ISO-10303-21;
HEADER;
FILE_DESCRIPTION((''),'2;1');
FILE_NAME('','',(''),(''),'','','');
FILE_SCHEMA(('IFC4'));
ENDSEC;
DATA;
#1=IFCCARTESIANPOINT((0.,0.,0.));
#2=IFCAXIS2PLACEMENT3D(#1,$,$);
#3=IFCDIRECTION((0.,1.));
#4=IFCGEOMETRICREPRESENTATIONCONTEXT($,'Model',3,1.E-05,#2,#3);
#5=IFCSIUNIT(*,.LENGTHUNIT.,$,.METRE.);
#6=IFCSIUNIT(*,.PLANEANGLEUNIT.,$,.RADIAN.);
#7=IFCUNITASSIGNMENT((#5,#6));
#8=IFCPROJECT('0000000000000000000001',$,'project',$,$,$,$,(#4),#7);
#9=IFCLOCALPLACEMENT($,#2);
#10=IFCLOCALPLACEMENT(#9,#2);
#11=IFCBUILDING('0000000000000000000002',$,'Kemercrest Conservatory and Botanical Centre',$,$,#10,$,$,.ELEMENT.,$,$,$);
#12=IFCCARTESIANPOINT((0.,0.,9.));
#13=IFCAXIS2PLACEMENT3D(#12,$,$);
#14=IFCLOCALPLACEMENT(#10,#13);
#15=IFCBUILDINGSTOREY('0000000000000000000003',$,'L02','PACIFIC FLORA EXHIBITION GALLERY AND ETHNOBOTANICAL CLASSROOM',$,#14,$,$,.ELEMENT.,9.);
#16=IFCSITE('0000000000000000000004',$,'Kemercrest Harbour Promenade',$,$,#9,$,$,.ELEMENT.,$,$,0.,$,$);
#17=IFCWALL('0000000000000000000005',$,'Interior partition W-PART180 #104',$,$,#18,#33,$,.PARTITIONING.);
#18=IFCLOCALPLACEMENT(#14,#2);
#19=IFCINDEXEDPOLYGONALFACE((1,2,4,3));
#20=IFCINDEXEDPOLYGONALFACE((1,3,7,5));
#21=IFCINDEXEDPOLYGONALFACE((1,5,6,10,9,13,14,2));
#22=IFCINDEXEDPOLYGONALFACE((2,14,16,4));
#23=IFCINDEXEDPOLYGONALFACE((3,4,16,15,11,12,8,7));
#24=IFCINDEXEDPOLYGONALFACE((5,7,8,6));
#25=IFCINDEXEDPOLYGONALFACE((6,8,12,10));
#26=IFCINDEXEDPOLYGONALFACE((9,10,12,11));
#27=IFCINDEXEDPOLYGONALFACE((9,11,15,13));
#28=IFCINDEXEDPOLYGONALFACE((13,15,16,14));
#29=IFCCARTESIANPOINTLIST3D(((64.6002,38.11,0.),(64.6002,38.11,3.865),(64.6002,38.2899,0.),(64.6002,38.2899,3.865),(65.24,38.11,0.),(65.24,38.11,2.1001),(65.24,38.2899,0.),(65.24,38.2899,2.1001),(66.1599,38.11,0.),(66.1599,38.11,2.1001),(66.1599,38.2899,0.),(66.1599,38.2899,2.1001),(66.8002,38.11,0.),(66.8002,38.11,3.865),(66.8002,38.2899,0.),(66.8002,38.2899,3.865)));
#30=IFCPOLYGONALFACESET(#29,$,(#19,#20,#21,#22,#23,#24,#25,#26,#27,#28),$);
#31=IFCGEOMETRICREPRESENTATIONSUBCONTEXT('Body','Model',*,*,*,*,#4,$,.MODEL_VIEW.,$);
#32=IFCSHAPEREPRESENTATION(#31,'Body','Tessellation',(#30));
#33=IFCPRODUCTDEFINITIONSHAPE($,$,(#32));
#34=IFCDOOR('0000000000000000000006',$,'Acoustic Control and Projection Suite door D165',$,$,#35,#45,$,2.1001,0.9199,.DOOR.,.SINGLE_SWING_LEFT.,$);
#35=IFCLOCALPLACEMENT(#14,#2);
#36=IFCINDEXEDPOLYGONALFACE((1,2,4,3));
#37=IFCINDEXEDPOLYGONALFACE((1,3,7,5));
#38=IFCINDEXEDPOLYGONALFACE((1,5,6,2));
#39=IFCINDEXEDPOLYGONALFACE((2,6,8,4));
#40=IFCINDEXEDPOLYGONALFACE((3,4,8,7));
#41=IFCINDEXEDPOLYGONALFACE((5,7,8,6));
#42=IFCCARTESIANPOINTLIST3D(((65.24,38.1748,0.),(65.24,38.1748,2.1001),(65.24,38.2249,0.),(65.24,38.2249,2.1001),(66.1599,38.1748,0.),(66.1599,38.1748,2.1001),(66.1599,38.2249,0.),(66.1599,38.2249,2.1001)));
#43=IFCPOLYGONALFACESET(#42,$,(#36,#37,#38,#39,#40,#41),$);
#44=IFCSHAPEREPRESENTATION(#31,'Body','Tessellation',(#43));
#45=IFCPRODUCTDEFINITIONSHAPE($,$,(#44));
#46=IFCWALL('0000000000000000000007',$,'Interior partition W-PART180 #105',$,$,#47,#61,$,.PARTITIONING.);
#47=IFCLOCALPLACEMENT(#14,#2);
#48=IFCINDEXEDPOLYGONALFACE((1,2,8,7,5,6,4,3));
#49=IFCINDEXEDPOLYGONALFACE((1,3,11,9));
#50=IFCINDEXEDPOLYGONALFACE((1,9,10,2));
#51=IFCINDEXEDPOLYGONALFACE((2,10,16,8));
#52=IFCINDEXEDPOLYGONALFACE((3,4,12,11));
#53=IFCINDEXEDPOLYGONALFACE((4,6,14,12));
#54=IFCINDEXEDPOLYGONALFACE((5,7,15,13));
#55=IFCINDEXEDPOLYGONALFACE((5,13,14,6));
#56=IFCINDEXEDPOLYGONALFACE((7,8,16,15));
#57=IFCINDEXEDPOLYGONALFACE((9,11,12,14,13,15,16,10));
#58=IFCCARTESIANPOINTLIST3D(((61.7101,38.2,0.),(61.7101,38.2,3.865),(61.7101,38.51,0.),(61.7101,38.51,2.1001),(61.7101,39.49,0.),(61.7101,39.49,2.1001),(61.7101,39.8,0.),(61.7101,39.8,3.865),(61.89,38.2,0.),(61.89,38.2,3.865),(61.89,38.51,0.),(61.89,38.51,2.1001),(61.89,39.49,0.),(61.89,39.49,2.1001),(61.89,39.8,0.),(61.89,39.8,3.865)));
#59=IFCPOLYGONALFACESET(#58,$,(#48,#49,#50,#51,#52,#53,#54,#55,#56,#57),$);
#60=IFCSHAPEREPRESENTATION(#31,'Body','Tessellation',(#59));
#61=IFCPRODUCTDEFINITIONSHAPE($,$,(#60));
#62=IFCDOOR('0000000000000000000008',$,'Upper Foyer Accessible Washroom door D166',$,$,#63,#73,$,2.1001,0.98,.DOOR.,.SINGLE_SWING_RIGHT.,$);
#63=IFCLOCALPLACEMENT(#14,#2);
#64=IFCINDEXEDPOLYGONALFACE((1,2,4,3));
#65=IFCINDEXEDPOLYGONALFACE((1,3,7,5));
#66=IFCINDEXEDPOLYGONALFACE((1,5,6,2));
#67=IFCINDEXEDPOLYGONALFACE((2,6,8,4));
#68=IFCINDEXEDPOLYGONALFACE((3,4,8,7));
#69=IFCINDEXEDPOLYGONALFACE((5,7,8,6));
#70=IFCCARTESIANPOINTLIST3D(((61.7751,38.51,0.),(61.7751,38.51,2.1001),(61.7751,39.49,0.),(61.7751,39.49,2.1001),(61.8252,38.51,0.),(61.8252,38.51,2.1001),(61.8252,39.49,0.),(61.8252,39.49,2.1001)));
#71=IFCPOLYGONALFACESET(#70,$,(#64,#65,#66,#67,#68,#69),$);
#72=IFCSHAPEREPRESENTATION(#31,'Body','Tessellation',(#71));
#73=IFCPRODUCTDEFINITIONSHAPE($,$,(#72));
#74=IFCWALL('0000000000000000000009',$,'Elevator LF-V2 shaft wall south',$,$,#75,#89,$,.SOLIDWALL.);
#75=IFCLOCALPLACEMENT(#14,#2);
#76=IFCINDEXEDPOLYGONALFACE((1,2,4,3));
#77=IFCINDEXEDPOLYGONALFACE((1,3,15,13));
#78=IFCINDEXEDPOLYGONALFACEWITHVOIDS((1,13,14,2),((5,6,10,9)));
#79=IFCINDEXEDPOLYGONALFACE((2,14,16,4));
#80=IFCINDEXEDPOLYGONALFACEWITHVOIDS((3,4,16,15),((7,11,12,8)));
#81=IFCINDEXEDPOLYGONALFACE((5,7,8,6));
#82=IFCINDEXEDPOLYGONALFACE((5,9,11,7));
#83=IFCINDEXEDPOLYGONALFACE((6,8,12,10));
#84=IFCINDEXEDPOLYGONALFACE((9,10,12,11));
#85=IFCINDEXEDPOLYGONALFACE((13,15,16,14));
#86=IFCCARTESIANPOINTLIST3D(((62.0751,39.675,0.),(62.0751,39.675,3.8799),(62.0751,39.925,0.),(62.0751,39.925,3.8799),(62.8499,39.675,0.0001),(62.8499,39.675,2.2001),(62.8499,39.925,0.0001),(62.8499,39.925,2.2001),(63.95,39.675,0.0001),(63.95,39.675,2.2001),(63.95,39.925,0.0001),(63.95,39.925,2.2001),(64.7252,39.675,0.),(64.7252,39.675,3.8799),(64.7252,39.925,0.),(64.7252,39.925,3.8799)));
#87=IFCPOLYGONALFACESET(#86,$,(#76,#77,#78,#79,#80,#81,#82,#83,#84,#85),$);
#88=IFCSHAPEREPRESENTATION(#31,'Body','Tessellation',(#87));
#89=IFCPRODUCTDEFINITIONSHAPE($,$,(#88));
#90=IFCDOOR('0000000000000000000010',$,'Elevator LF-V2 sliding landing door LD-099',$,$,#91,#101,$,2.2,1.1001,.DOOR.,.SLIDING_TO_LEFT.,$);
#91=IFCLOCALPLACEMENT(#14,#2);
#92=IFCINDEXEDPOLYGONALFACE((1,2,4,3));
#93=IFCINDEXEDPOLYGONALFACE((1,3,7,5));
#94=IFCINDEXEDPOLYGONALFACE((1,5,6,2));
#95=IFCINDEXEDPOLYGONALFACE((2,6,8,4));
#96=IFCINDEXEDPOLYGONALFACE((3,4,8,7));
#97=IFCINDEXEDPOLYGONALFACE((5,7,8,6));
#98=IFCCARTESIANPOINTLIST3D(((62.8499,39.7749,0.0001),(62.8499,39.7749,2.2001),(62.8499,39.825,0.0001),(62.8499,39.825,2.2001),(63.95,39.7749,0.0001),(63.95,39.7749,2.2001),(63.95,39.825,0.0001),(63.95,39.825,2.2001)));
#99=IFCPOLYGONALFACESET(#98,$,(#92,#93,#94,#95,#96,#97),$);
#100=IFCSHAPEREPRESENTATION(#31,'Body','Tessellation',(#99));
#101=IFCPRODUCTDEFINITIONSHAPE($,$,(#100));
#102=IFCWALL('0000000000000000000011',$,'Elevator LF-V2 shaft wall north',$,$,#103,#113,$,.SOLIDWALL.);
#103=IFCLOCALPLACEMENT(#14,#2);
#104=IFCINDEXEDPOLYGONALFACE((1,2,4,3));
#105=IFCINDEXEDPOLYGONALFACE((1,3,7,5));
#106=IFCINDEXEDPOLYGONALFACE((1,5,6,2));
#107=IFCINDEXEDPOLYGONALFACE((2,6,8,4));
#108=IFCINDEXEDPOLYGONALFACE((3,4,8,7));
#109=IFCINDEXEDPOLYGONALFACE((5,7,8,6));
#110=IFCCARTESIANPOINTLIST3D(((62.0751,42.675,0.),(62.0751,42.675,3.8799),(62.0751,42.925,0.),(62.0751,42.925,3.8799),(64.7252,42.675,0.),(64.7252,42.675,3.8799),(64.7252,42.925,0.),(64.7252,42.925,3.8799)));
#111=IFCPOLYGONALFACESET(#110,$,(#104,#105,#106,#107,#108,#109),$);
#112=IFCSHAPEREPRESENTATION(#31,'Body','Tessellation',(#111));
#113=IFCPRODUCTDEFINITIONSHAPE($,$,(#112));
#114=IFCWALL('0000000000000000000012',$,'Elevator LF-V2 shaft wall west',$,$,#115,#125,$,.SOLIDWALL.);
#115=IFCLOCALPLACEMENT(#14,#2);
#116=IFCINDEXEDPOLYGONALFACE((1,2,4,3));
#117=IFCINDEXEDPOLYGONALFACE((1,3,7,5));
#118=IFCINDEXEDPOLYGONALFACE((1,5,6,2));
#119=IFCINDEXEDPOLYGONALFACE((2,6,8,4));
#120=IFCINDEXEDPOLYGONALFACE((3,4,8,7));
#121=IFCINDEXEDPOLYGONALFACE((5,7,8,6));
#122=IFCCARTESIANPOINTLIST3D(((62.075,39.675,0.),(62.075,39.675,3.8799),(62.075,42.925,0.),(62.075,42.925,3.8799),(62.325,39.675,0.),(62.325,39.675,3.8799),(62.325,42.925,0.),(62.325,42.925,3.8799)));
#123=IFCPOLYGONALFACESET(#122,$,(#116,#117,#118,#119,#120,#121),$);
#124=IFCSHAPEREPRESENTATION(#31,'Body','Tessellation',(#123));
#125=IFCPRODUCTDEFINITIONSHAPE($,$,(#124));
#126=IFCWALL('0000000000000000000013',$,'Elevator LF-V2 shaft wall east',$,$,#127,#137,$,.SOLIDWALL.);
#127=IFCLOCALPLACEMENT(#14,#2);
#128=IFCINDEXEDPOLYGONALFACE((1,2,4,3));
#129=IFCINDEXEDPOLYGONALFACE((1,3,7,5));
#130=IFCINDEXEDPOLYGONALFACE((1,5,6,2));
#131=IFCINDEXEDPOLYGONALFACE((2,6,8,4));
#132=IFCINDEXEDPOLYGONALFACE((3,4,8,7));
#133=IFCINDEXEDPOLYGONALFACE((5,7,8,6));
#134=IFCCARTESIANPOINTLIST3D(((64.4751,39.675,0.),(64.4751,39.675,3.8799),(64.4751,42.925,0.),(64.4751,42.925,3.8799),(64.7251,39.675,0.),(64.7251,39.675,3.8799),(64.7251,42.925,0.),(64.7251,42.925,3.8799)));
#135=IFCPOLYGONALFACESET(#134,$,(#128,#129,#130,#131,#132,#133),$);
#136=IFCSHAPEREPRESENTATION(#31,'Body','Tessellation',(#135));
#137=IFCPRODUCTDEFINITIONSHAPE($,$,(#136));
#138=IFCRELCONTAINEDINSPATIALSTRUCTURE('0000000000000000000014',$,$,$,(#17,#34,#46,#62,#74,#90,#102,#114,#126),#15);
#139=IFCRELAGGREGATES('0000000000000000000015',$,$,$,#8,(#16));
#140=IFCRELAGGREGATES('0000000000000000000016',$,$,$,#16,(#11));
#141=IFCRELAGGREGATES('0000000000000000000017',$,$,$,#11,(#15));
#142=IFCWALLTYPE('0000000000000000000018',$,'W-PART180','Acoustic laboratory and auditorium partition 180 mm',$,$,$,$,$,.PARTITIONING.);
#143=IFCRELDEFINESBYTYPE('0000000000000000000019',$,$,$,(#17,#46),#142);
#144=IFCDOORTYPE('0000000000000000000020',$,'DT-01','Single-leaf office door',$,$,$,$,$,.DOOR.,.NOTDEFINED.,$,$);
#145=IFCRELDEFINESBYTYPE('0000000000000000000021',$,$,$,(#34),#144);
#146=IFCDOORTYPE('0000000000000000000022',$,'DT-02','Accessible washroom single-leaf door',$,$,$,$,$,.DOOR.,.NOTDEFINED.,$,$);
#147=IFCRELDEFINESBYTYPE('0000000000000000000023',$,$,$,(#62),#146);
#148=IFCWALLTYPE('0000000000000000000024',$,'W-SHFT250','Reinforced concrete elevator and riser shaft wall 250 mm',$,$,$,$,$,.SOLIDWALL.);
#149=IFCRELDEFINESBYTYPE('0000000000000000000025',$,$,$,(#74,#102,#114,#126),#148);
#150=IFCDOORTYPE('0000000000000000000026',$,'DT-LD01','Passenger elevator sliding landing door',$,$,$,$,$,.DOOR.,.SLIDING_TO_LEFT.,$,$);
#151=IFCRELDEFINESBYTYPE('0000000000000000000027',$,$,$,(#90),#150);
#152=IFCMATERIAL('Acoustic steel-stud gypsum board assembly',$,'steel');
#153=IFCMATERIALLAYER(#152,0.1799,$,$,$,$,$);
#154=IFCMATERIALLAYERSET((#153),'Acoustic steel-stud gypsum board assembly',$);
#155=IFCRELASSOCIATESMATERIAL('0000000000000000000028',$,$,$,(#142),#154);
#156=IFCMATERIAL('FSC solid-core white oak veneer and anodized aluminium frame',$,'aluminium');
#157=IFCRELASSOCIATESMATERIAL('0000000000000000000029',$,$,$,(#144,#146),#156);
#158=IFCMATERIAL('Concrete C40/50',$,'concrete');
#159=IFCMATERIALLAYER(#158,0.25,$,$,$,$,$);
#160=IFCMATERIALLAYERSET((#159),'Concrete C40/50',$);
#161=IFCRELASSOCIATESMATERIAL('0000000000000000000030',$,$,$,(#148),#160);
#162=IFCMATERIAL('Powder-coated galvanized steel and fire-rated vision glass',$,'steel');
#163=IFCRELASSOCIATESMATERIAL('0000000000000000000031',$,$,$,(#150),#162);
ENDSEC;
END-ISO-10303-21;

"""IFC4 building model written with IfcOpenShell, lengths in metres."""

from ifc_helpers import new_model, si_unit, direction, frame, frame_2d, origin, place, context, subcontext, project, spatial, rectangle, extrude, material, layer, layer_set, type_object, element, fill, save


model = new_model("IFC4")

# Units and contexts
model_context = context("Model", 3, precision=1e-05, world=origin(), true_north=direction((0.0, 1.0)))
body_context = subcontext(model_context, "Body", "Model", "MODEL_VIEW")
ifc_project = project(units=[si_unit("LENGTHUNIT", "METRE"), si_unit("PLANEANGLEUNIT", "RADIAN")], contexts=[model_context])

# Site, building, storey
site_placement = place(None, origin())
site = spatial("IfcSite", under=ifc_project, at=site_placement, Name="Kemercrest Harbour Promenade", CompositionType="ELEMENT", RefElevation=0.0)
building_placement = place(site_placement, origin())
building = spatial("IfcBuilding", under=site, at=building_placement, Name="Kemercrest Conservatory and Botanical Centre", CompositionType="ELEMENT")
storey_placement = place(building_placement, frame((0.0, 0.0, 9.0)))
storey = spatial("IfcBuildingStorey", under=building, at=storey_placement, Name="L02", Description="PACIFIC FLORA EXHIBITION GALLERY AND ETHNOBOTANICAL CLASSROOM", CompositionType="ELEMENT", Elevation=9.0)

# Shared definitions
ifc_material_1 = material(Name="Concrete C40/50", Category="concrete")

# Walls, openings, doors
ifc_material_2 = material(Name="Acoustic steel-stud gypsum board assembly", Category="steel")
ifc_layer_1 = layer(ifc_material_2, 0.1799)
ifc_layer_set_1 = layer_set([ifc_layer_1], Name="Acoustic steel-stud gypsum board assembly")
wall_type_1 = type_object("IfcWallType", Name="W-PART180", Description="Acoustic laboratory and auditorium partition 180 mm", PredefinedType="PARTITIONING", material=ifc_layer_set_1)
wall_1_placement = place(storey_placement, frame((64.6001, 38.2, 0.0), z_axis=(0.0, 0.0, 1.0), x_axis=(1.0, 0.0, 0.0)))
wall_1 = element("IfcWall", 1, at=wall_1_placement, inside=storey, type_object=wall_type_1, Name="Interior partition W-PART180 #104", PredefinedType="PARTITIONING", context=body_context, shape_type="SweptSolid", body=[
    extrude(rectangle(XDim=2.2, YDim=0.1799, at=frame_2d((1.1001, 0.0))), origin(), (0.0, 0.0, 1.0), 3.865),
])
opening_1_placement = place(wall_1_placement, frame((0.6399, 0.0, 0.0)))
opening_1 = element("IfcOpeningElement", 2, at=opening_1_placement, cuts=wall_1, PredefinedType="OPENING", context=body_context, shape_type="SweptSolid", body=[
    extrude(rectangle(XDim=0.9199, YDim=2.1001, at=frame_2d((0.46, 1.05))), frame((0.0, 0.1001, 0.0), z_axis=(0.0, -1.0, 0.0), x_axis=(1.0, 0.0, 0.0)), (0.0, 0.0, 1.0), 0.2),
])
ifc_material_3 = material(Name="FSC solid-core white oak veneer and anodized aluminium frame", Category="aluminium")
door_type_1 = type_object("IfcDoorType", Name="DT-01", Description="Single-leaf office door", OperationType="NOTDEFINED", PredefinedType="DOOR", material=ifc_material_3)
door_1_placement = place(opening_1_placement, origin())
door_1 = element("IfcDoor", 3, at=door_1_placement, inside=storey, type_object=door_type_1, Name="Acoustic Control and Projection Suite door D165", OperationType="SINGLE_SWING_LEFT", OverallHeight=2.1001, OverallWidth=0.9199, PredefinedType="DOOR", context=body_context, shape_type="SweptSolid", body=[
    extrude(rectangle(XDim=0.9199, YDim=2.1001, at=frame_2d((0.46, 1.05))), frame((0.0, 0.0249, 0.0), z_axis=(0.0, -1.0, 0.0), x_axis=(1.0, 0.0, 0.0)), (0.0, 0.0, 1.0), 0.05),
])
fill(opening_1, door_1)
wall_2_placement = place(storey_placement, frame((61.8, 38.2, 0.0), z_axis=(0.0, 0.0, 1.0), x_axis=(0.0, 1.0, 0.0)))
wall_2 = element("IfcWall", 4, at=wall_2_placement, inside=storey, type_object=wall_type_1, Name="Interior partition W-PART180 #105", PredefinedType="PARTITIONING", context=body_context, shape_type="SweptSolid", body=[
    extrude(rectangle(XDim=1.6001, YDim=0.1799, at=frame_2d((0.8, 0.0))), origin(), (0.0, 0.0, 1.0), 3.865),
])
opening_2_placement = place(wall_2_placement, frame((0.3101, 0.0, 0.0)))
opening_2 = element("IfcOpeningElement", 5, at=opening_2_placement, cuts=wall_2, PredefinedType="OPENING", context=body_context, shape_type="SweptSolid", body=[
    extrude(rectangle(XDim=0.98, YDim=2.1001, at=frame_2d((0.49, 1.05))), frame((0.0, 0.1001, 0.0), z_axis=(0.0, -1.0, 0.0), x_axis=(1.0, 0.0, 0.0)), (0.0, 0.0, 1.0), 0.2),
])
door_type_2 = type_object("IfcDoorType", Name="DT-02", Description="Accessible washroom single-leaf door", OperationType="NOTDEFINED", PredefinedType="DOOR", material=ifc_material_3)
door_2_placement = place(opening_2_placement, origin())
door_2 = element("IfcDoor", 6, at=door_2_placement, inside=storey, type_object=door_type_2, Name="Upper Foyer Accessible Washroom door D166", OperationType="SINGLE_SWING_RIGHT", OverallHeight=2.1001, OverallWidth=0.98, PredefinedType="DOOR", context=body_context, shape_type="SweptSolid", body=[
    extrude(rectangle(XDim=0.98, YDim=2.1001, at=frame_2d((0.49, 1.05))), frame((0.0, 0.0249, 0.0), z_axis=(0.0, -1.0, 0.0), x_axis=(1.0, 0.0, 0.0)), (0.0, 0.0, 1.0), 0.05),
])
fill(opening_2, door_2)
ifc_layer_2 = layer(ifc_material_1, 0.25)
ifc_layer_set_2 = layer_set([ifc_layer_2], Name="Concrete C40/50")
wall_type_2 = type_object("IfcWallType", Name="W-SHFT250", Description="Reinforced concrete elevator and riser shaft wall 250 mm", PredefinedType="SOLIDWALL", material=ifc_layer_set_2)
wall_3_placement = place(storey_placement, frame((62.075, 39.8, 0.0), z_axis=(0.0, 0.0, 1.0), x_axis=(1.0, 0.0, 0.0)))
wall_3 = element("IfcWall", 7, at=wall_3_placement, inside=storey, type_object=wall_type_2, Name="Elevator LF-V2 shaft wall south", PredefinedType="SOLIDWALL", context=body_context, shape_type="SweptSolid", body=[
    extrude(rectangle(XDim=2.6501, YDim=0.25, at=frame_2d((1.3252, 0.0))), origin(), (0.0, 0.0, 1.0), 3.8799),
])
opening_3_placement = place(wall_3_placement, frame((0.7749, 0.0, 0.0)))
opening_3 = element("IfcOpeningElement", 8, at=opening_3_placement, cuts=wall_3, PredefinedType="OPENING", context=body_context, shape_type="SweptSolid", body=[
    extrude(rectangle(XDim=1.1001, YDim=2.2, at=frame_2d((0.55, 1.1001))), frame((0.0, 0.135, 0.0), z_axis=(0.0, -1.0, 0.0), x_axis=(1.0, 0.0, 0.0)), (0.0, 0.0, 1.0), 0.27),
])
ifc_material_4 = material(Name="Powder-coated galvanized steel and fire-rated vision glass", Category="steel")
door_type_3 = type_object("IfcDoorType", Name="DT-LD01", Description="Passenger elevator sliding landing door", OperationType="SLIDING_TO_LEFT", PredefinedType="DOOR", material=ifc_material_4)
door_3_placement = place(opening_3_placement, origin())
door_3 = element("IfcDoor", 9, at=door_3_placement, inside=storey, type_object=door_type_3, Name="Elevator LF-V2 sliding landing door LD-099", OperationType="SLIDING_TO_LEFT", OverallHeight=2.2, OverallWidth=1.1001, PredefinedType="DOOR", context=body_context, shape_type="SweptSolid", body=[
    extrude(rectangle(XDim=1.1001, YDim=2.2, at=frame_2d((0.55, 1.1001))), frame((0.0, 0.0249, 0.0), z_axis=(0.0, -1.0, 0.0), x_axis=(1.0, 0.0, 0.0)), (0.0, 0.0, 1.0), 0.05),
])
fill(opening_3, door_3)

# Walls
wall_4_placement = place(storey_placement, frame((62.075, 42.8, 0.0), z_axis=(0.0, 0.0, 1.0), x_axis=(1.0, 0.0, 0.0)))
element("IfcWall", 10, at=wall_4_placement, inside=storey, type_object=wall_type_2, Name="Elevator LF-V2 shaft wall north", PredefinedType="SOLIDWALL", context=body_context, shape_type="SweptSolid", body=[
    extrude(rectangle(XDim=2.6501, YDim=0.25, at=frame_2d((1.3252, 0.0))), origin(), (0.0, 0.0, 1.0), 3.8799),
])
for number, where, z_axis, x_axis, name in (
    (11, (62.2, 39.675, 0.0), (0.0, 0.0, 1.0), (0.0, 1.0, 0.0), "Elevator LF-V2 shaft wall west"),
    (12, (64.6001, 39.675, 0.0), (0.0, 0.0, 1.0), (0.0, 1.0, 0.0), "Elevator LF-V2 shaft wall east"),
):
    element("IfcWall", number, at=place(storey_placement, frame(where, z_axis=z_axis, x_axis=x_axis)), inside=storey, type_object=wall_type_2, Name=name, PredefinedType="SOLIDWALL", context=body_context, shape_type="SweptSolid", body=[
        extrude(rectangle(XDim=3.25, YDim=0.25, at=frame_2d((1.625, 0.0))), origin(), (0.0, 0.0, 1.0), 3.8799),
    ])

save(model, "model.ifc")
